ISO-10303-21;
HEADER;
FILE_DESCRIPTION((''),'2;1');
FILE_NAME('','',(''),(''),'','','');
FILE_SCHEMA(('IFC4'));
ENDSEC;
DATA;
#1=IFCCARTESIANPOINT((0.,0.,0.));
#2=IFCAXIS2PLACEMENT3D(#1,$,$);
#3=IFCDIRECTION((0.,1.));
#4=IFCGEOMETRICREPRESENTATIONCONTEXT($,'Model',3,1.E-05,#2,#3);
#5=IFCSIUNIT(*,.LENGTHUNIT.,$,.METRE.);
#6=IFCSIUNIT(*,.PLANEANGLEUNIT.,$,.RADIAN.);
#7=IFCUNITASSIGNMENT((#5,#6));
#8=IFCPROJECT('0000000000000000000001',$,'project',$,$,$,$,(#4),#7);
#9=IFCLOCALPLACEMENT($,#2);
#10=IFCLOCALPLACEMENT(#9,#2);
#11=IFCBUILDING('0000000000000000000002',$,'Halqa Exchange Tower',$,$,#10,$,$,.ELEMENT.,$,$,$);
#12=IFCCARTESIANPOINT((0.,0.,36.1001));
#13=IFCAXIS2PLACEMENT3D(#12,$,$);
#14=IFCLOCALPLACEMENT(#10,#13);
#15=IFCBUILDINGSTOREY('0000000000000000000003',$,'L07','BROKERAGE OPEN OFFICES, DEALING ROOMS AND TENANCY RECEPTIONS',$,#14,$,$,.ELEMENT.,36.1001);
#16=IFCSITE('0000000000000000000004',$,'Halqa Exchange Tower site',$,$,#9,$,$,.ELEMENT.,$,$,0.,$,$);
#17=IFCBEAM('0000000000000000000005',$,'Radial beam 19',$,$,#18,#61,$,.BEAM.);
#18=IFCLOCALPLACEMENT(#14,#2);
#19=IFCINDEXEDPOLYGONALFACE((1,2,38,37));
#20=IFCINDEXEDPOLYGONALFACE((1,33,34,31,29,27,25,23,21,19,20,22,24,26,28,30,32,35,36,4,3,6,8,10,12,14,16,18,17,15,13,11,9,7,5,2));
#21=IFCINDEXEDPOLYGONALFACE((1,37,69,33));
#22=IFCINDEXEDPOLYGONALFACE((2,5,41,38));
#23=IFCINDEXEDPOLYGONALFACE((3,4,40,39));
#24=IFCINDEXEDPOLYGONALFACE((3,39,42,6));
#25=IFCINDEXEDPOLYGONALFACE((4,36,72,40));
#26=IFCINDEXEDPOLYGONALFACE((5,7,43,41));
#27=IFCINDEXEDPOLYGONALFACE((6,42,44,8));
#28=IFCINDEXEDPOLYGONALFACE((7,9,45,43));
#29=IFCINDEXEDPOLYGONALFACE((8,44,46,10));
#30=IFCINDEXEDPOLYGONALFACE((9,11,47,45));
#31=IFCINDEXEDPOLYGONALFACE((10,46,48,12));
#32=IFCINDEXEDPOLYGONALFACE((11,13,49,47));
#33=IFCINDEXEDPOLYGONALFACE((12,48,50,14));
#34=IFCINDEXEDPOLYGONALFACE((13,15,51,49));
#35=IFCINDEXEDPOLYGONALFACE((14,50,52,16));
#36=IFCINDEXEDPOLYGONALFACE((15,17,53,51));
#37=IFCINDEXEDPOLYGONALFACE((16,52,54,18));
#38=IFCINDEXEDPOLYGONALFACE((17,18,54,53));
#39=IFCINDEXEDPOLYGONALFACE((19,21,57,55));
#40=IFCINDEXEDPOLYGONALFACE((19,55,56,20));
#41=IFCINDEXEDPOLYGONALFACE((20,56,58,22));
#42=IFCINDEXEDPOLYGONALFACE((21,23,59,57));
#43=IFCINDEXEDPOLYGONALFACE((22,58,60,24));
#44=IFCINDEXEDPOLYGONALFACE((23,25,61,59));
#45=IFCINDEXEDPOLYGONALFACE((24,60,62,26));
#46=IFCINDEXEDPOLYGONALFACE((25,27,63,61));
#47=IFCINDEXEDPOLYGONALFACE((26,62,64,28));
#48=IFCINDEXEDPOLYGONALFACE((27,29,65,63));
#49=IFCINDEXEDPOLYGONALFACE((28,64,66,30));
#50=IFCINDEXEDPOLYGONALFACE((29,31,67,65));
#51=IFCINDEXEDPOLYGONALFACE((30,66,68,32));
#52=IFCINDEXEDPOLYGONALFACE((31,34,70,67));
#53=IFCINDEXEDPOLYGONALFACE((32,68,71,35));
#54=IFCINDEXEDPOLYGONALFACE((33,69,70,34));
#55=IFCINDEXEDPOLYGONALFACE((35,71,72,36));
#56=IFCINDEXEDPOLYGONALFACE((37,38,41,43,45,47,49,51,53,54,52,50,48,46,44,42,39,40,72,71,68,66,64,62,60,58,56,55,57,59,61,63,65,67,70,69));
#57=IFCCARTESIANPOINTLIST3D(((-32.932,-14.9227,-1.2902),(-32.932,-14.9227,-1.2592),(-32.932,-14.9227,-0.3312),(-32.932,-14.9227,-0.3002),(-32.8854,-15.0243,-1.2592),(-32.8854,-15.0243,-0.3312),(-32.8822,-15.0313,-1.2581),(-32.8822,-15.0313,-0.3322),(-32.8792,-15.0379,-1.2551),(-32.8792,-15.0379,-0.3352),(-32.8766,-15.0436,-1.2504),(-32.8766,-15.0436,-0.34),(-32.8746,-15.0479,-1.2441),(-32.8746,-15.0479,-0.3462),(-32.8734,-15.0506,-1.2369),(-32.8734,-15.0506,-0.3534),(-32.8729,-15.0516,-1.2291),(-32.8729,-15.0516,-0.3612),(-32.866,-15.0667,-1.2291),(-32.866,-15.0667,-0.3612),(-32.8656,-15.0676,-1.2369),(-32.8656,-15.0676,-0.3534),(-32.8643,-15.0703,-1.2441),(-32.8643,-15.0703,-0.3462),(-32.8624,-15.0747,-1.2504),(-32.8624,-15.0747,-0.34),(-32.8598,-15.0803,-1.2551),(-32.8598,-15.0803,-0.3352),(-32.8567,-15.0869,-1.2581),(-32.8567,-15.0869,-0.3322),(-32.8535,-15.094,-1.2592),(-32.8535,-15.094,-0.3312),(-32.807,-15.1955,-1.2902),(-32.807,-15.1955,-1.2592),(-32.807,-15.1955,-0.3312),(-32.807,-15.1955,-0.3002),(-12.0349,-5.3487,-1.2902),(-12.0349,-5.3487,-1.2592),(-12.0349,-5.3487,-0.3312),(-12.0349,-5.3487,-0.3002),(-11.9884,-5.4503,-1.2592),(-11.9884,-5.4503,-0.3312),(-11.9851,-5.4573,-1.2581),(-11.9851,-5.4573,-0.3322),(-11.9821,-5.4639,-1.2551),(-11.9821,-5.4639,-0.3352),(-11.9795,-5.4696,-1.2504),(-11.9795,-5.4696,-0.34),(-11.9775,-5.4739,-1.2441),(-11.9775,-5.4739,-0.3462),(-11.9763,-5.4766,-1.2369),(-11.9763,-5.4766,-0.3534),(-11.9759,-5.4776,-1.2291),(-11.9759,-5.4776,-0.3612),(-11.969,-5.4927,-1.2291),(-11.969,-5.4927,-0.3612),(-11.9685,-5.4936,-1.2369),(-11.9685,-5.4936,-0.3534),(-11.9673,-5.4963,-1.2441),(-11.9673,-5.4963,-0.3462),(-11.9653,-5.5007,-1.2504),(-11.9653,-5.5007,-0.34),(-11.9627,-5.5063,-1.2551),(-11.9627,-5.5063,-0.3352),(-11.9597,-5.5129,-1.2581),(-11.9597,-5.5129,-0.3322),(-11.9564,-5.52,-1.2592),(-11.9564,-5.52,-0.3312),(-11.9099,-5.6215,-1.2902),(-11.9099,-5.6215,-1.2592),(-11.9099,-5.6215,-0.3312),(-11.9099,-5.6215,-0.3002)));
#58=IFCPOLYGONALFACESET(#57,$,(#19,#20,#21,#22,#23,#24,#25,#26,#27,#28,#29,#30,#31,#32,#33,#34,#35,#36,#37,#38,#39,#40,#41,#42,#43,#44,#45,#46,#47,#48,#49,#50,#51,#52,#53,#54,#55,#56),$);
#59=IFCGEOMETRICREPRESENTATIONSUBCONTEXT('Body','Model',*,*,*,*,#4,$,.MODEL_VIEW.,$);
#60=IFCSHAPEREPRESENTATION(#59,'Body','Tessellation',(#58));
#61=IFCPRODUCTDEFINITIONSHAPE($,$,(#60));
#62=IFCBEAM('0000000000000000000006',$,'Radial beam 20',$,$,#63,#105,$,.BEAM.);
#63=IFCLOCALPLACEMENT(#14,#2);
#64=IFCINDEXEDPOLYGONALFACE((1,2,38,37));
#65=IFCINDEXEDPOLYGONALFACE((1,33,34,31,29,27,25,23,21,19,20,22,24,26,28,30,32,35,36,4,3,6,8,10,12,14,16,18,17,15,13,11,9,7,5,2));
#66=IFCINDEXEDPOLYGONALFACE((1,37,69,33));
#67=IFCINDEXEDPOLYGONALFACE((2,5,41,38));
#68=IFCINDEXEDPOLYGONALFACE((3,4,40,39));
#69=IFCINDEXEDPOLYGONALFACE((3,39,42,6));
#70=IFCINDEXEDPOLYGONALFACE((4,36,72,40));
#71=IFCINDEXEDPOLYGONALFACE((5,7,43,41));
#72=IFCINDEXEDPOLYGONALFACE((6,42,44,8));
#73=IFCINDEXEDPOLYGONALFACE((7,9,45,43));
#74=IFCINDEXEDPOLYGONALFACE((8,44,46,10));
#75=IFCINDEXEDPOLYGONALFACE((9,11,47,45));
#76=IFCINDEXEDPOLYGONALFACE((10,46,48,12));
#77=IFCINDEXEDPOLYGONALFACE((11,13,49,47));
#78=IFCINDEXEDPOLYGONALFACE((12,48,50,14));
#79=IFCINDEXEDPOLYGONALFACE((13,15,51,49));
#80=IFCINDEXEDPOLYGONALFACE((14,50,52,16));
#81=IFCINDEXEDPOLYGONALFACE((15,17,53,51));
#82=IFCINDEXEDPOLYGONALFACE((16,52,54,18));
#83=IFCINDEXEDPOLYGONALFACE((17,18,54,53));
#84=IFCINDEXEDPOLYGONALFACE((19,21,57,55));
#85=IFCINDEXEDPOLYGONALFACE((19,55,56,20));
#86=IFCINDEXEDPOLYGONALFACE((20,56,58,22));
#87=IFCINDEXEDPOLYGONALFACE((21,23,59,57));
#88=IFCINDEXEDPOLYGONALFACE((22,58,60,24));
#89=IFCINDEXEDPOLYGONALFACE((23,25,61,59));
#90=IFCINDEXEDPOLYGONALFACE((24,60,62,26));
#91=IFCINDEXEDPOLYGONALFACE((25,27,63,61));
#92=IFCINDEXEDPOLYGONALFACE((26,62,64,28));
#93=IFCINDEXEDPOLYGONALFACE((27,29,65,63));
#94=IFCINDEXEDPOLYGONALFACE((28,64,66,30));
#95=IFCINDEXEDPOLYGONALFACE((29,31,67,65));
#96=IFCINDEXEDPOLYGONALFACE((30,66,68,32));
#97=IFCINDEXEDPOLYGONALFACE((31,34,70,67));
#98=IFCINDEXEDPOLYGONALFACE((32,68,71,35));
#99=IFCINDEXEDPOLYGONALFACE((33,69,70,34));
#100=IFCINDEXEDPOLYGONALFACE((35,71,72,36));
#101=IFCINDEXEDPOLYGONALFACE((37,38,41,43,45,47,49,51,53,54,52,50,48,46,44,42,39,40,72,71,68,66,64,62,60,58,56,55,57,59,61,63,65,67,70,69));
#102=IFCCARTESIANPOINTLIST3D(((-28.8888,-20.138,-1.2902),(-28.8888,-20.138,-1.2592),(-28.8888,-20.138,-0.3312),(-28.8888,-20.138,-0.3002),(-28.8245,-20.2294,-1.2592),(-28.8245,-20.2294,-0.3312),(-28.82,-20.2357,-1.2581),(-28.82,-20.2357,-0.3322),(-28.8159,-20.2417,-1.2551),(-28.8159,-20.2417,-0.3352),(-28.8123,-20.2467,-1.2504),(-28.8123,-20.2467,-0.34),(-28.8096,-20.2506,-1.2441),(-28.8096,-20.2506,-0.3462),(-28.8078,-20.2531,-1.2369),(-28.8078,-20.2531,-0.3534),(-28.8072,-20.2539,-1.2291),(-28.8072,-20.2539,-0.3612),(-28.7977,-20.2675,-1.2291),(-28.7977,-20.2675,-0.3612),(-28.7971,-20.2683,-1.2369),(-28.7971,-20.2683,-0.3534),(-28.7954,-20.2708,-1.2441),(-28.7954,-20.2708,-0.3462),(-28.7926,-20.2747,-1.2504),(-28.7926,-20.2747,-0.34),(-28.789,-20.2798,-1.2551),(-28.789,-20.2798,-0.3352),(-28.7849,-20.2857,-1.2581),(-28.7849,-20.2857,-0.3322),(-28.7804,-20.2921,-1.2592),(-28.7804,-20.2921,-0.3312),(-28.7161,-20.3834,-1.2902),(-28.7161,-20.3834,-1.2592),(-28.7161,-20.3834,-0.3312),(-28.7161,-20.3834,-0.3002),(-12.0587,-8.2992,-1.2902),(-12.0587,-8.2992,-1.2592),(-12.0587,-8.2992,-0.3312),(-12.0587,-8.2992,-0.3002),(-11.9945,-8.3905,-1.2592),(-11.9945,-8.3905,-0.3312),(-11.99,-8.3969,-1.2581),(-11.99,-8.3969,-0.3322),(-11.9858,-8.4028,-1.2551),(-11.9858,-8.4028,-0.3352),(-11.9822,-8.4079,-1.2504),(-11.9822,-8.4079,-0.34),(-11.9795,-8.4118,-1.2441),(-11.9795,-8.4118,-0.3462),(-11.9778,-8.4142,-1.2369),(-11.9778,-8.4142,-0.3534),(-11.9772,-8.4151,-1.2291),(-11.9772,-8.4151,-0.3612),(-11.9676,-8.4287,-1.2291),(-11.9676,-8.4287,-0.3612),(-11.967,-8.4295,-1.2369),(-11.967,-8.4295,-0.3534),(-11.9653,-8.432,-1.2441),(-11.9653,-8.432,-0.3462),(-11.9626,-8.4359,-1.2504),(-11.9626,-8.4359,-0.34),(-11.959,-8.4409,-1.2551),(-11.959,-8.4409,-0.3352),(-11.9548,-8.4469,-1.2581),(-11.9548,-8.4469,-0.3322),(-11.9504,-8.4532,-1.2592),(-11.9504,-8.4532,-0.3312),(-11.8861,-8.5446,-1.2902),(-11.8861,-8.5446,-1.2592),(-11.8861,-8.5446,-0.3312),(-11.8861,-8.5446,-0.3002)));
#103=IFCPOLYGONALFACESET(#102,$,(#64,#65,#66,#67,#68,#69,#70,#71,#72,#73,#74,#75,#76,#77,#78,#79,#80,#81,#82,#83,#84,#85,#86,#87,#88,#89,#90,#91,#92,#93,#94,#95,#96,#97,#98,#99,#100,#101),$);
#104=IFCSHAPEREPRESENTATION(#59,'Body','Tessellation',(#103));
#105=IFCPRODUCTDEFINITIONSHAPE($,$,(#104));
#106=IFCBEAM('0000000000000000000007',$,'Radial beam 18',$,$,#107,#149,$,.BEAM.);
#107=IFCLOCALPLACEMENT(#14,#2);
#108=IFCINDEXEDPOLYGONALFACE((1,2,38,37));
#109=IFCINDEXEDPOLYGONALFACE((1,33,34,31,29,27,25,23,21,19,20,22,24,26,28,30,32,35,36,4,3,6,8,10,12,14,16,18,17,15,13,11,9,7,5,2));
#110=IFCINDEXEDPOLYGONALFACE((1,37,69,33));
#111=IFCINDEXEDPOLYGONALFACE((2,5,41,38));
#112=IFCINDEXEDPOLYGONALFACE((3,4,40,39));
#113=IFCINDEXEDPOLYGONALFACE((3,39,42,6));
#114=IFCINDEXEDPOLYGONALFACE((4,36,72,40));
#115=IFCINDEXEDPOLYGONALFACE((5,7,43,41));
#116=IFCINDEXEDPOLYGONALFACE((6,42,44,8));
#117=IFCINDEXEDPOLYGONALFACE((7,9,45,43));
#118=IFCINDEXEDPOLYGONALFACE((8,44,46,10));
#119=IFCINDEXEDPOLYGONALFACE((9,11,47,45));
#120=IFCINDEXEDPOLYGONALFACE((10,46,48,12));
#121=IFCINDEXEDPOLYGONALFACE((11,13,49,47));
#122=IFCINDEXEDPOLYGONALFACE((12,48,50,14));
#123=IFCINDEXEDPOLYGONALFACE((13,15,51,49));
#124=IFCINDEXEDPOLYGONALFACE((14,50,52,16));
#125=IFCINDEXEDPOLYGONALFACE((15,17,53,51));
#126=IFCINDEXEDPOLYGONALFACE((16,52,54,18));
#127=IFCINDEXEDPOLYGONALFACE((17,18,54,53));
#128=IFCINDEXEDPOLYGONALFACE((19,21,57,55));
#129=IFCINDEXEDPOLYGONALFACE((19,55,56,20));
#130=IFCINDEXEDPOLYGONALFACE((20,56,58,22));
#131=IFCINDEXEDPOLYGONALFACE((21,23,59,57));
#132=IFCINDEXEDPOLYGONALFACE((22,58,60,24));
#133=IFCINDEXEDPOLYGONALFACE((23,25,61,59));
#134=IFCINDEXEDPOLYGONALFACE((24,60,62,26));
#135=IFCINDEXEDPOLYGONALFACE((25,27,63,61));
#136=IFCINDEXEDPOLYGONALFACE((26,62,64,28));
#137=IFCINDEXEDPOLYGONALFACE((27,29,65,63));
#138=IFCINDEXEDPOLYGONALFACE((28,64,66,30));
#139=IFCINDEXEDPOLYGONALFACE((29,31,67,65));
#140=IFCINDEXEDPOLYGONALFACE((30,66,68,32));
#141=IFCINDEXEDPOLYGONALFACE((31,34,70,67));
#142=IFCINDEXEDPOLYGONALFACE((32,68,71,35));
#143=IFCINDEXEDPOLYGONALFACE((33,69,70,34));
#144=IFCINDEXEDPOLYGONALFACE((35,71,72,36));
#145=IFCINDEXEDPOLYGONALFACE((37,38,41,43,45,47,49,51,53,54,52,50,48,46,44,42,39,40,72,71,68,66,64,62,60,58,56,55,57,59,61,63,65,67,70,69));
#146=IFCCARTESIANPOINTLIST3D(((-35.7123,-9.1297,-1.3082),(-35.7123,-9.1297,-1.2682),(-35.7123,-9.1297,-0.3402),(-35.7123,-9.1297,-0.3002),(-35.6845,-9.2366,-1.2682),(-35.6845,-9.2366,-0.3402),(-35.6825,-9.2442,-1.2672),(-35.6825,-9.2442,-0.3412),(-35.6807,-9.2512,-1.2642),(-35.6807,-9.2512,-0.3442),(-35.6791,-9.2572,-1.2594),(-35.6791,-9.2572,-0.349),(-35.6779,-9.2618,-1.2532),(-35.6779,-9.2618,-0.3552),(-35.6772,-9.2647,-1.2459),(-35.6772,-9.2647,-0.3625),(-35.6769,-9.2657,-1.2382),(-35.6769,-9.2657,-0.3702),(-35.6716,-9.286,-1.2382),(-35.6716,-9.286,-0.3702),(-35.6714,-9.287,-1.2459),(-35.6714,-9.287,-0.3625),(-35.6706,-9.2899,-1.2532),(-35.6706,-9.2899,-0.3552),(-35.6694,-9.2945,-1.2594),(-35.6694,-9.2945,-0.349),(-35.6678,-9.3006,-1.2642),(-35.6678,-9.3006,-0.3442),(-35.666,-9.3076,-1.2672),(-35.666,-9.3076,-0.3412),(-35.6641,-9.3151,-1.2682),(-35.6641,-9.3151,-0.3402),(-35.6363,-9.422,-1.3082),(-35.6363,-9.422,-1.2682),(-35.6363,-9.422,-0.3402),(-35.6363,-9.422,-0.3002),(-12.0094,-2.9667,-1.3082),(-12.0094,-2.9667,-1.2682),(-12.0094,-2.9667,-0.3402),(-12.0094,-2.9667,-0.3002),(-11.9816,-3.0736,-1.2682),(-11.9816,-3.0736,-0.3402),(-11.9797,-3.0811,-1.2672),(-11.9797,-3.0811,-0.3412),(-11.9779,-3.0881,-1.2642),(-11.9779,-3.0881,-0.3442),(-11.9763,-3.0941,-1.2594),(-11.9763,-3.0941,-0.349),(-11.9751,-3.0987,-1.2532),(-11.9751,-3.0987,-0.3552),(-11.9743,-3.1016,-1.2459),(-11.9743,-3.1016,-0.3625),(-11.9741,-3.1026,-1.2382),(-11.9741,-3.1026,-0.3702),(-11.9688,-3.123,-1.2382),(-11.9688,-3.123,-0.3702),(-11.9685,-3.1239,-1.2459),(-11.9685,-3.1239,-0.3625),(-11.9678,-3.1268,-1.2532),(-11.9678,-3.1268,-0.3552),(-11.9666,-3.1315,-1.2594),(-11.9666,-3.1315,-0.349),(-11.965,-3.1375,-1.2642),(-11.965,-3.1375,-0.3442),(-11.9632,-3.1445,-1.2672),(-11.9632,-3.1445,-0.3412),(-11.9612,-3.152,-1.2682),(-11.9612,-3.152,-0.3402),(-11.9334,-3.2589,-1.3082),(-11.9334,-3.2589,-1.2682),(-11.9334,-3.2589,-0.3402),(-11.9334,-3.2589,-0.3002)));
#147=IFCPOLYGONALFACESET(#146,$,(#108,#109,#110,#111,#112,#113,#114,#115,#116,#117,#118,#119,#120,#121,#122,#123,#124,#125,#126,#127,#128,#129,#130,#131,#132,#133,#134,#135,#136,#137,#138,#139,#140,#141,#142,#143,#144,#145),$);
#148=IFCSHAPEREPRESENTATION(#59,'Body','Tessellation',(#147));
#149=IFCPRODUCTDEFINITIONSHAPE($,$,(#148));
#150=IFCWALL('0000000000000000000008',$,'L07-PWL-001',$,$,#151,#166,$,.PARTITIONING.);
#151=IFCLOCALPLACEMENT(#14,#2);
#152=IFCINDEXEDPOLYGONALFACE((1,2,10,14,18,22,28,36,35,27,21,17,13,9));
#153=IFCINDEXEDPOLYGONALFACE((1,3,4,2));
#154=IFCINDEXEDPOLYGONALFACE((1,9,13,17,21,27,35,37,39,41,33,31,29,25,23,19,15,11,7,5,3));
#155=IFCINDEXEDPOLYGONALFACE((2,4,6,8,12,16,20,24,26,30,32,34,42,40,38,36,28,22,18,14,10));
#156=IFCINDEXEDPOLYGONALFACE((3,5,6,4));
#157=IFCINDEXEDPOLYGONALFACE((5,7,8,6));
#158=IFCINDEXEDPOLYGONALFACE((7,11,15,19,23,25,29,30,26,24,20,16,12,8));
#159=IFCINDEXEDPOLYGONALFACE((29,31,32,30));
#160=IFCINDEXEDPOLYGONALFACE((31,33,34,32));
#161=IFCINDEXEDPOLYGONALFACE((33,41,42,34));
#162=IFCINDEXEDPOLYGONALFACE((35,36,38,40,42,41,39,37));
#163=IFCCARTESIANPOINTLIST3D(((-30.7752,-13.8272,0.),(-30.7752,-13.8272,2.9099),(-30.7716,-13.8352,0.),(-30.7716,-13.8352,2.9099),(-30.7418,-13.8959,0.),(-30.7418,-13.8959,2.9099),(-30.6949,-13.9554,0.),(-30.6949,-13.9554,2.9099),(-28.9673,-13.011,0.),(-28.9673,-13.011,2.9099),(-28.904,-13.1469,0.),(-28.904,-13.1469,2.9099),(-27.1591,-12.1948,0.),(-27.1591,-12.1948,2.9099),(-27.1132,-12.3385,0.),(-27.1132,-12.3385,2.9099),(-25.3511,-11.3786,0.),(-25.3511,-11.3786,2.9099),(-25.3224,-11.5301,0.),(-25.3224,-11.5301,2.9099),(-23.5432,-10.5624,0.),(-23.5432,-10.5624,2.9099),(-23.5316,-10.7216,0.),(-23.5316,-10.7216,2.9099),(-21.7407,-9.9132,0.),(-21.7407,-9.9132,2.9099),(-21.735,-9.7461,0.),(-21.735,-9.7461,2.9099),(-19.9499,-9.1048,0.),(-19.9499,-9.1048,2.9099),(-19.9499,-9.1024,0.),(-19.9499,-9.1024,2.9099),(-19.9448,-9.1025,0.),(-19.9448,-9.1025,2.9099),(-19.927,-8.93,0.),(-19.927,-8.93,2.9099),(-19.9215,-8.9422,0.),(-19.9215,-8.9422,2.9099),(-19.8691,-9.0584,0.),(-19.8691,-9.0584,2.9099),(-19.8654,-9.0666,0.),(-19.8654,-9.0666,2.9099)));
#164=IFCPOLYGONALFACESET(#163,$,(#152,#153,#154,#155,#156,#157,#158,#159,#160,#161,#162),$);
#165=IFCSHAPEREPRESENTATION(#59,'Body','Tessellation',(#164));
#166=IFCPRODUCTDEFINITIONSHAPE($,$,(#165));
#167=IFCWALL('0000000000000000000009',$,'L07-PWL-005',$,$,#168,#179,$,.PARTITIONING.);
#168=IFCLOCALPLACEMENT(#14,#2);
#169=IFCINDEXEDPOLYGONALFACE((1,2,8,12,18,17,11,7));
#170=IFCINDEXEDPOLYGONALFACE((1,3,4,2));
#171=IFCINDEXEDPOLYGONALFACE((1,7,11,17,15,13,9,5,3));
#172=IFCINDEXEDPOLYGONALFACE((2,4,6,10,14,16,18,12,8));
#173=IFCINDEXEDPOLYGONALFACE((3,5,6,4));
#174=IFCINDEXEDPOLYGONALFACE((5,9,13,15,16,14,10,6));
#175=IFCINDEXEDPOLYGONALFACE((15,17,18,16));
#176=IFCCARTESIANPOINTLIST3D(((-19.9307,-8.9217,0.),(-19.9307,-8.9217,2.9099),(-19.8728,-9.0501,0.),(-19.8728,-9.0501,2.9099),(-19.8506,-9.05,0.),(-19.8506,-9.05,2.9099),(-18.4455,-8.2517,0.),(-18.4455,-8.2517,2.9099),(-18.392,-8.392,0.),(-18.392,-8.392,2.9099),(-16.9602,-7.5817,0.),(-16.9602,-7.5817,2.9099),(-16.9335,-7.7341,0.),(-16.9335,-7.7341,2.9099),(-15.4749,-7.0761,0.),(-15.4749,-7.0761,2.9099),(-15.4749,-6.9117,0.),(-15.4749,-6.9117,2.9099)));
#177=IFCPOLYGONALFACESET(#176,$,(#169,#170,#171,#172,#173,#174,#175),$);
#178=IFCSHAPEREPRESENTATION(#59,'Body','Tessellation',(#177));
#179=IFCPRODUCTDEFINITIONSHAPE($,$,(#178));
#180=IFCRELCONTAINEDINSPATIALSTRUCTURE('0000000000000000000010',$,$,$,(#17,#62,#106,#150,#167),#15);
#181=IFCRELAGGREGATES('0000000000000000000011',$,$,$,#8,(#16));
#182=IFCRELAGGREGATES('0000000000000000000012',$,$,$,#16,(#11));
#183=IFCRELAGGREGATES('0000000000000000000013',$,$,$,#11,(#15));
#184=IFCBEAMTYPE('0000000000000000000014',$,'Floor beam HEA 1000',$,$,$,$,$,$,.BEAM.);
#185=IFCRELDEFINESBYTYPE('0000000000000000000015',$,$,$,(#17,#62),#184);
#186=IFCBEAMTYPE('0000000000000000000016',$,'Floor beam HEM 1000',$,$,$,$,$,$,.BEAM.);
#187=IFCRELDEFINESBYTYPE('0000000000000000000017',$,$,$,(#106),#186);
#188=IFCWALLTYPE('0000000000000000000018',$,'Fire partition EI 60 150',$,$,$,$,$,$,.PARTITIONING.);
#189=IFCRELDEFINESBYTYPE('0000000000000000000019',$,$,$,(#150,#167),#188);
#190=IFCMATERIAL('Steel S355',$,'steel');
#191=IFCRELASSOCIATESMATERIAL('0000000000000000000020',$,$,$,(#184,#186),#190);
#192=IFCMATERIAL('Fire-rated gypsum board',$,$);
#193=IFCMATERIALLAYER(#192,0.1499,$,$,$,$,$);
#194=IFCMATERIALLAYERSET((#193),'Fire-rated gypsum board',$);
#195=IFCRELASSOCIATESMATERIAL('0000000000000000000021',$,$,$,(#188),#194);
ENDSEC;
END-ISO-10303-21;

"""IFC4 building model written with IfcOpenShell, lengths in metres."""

from ifc_helpers import new_model, si_unit, direction, frame, origin, origin_2d, place, context, subcontext, project, spatial, polyline, i_section, outline, extrude, material, layer, layer_set, material_profile, profile_set, type_object, element, save


model = new_model("IFC4")

# Units and contexts
model_context = context("Model", 3, precision=1e-05, world=origin(), true_north=direction((0.0, 1.0)))
body_context = subcontext(model_context, "Body", "Model", "MODEL_VIEW")
ifc_project = project(units=[si_unit("LENGTHUNIT", "METRE"), si_unit("PLANEANGLEUNIT", "RADIAN")], contexts=[model_context])

# Site, building, storey
site_placement = place(None, origin())
site = spatial("IfcSite", under=ifc_project, at=site_placement, Name="Halqa Exchange Tower site", CompositionType="ELEMENT", RefElevation=0.0)
building_placement = place(site_placement, origin())
building = spatial("IfcBuilding", under=site, at=building_placement, Name="Halqa Exchange Tower", CompositionType="ELEMENT")
storey_placement = place(building_placement, frame((0.0, 0.0, 36.1001)))
storey = spatial("IfcBuildingStorey", under=building, at=storey_placement, Name="L07", Description="BROKERAGE OPEN OFFICES, DEALING ROOMS AND TENANCY RECEPTIONS", CompositionType="ELEMENT", Elevation=36.1001)

# Beams
ifc_material_1 = material(Name="Steel S355", Category="steel")
ifc_material_profile_1 = material_profile(ifc_material_1, i_section(OverallWidth=0.3, OverallDepth=0.99, WebThickness=0.0166, FlangeThickness=0.031, FilletRadius=0.03, at=origin_2d()), Name="HEA 1000")
ifc_profile_set_1 = profile_set([ifc_material_profile_1], Name="Steel S355")
beam_type_1 = type_object("IfcBeamType", Name="Floor beam HEA 1000", PredefinedType="BEAM", material=ifc_profile_set_1)
beam_1_placement = place(storey_placement, frame((-11.9724, -5.4851, -0.7952), z_axis=(-0.909128, -0.416518, 0.0), x_axis=(0.416518, -0.909128, 0.0)))
element("IfcBeam", 1, at=beam_1_placement, inside=storey, type_object=beam_type_1, Name="Radial beam 19", PredefinedType="BEAM", context=body_context, shape_type="SweptSolid", body=[
    extrude(i_section(OverallWidth=0.3, OverallDepth=0.99, WebThickness=0.0166, FlangeThickness=0.031, FilletRadius=0.03, at=origin_2d()), origin(), (0.0, 0.0, 1.0), 22.9858),
])
beam_2_placement = place(storey_placement, frame((-11.9724, -8.4219, -0.7952), z_axis=(-0.81791, -0.575346, 0.0), x_axis=(0.575346, -0.81791, 0.0)))
element("IfcBeam", 2, at=beam_2_placement, inside=storey, type_object=beam_type_1, Name="Radial beam 20", PredefinedType="BEAM", context=body_context, shape_type="SweptSolid", body=[
    extrude(i_section(OverallWidth=0.3, OverallDepth=0.99, WebThickness=0.0166, FlangeThickness=0.031, FilletRadius=0.03, at=origin_2d()), origin(), (0.0, 0.0, 1.0), 20.5769),
])
ifc_material_profile_2 = material_profile(ifc_material_1, i_section(OverallWidth=0.302, OverallDepth=1.0081, WebThickness=0.021, FlangeThickness=0.04, FilletRadius=0.03, at=origin_2d()), Name="HEM 1000")
ifc_profile_set_2 = profile_set([ifc_material_profile_2], Name="Steel S355")
beam_type_2 = type_object("IfcBeamType", Name="Floor beam HEM 1000", PredefinedType="BEAM", material=ifc_profile_set_2)
beam_3_placement = place(storey_placement, frame((-11.9714, -3.1128, -0.8042), z_axis=(-0.967819, -0.251647, 0.0), x_axis=(0.251647, -0.967819, 0.0)))
element("IfcBeam", 3, at=beam_3_placement, inside=storey, type_object=beam_type_2, Name="Radial beam 18", PredefinedType="BEAM", context=body_context, shape_type="SweptSolid", body=[
    extrude(i_section(OverallWidth=0.302, OverallDepth=1.0081, WebThickness=0.021, FlangeThickness=0.04, FilletRadius=0.03, at=origin_2d()), origin(), (0.0, 0.0, 1.0), 24.491),
])

# Walls
ifc_material_2 = material(Name="Fire-rated gypsum board")
ifc_layer_1 = layer(ifc_material_2, 0.1499)
ifc_layer_set_1 = layer_set([ifc_layer_1], Name="Fire-rated gypsum board")
wall_type_1 = type_object("IfcWallType", Name="Fire partition EI 60 150", PredefinedType="PARTITIONING", material=ifc_layer_set_1)
wall_1_placement = place(storey_placement, frame((-30.7444, -13.8955, 0.0), z_axis=(0.0, 0.0, 1.0), x_axis=(0.911432, 0.411451, 0.0)))
element("IfcWall", 4, at=wall_1_placement, inside=storey, type_object=wall_type_1, Name="L07-PWL-001", PredefinedType="PARTITIONING", context=body_context, shape_type="SweptSolid", body=[
    extrude(outline(polyline([(0.0205, -0.075), (1.9854, -0.075), (3.9502, -0.075), (5.915, -0.075), (7.8799, -0.075), (9.8447, -0.075), (11.8096, -0.075), (11.8105, -0.0728), (11.8152, -0.075), (11.9023, -0.075), (11.9023, -0.0659), (11.9023, -0.0659), (11.9023, 0.0615), (11.9023, 0.075), (9.9187, 0.075), (7.9348, 0.075), (5.9512, 0.075), (3.9675, 0.075), (1.9836, 0.075), (0.0, 0.075), (0.0, 0.0662), (0.0022, -0.0015), (0.0205, -0.075)])), origin(), (0.0, 0.0, 1.0), 2.9099),
])
wall_2_placement = place(storey_placement, frame((-19.8999, -8.99, 0.0), z_axis=(0.0, 0.0, 1.0), x_axis=(0.911546, 0.411197, 0.0)))
element("IfcWall", 5, at=wall_2_placement, inside=storey, type_object=wall_type_1, Name="L07-PWL-005", PredefinedType="PARTITIONING", context=body_context, shape_type="SweptSolid", body=[
    extrude(outline(polyline([(0.0203, -0.075), (1.6204, -0.075), (3.2205, -0.075), (4.8206, -0.075), (4.8882, 0.075), (3.2588, 0.075), (1.6294, 0.075), (0.0, 0.075), (0.0, -0.0659), (0.0203, -0.075)])), origin(), (0.0, 0.0, 1.0), 2.9099),
])

save(model, "model.ifc")
